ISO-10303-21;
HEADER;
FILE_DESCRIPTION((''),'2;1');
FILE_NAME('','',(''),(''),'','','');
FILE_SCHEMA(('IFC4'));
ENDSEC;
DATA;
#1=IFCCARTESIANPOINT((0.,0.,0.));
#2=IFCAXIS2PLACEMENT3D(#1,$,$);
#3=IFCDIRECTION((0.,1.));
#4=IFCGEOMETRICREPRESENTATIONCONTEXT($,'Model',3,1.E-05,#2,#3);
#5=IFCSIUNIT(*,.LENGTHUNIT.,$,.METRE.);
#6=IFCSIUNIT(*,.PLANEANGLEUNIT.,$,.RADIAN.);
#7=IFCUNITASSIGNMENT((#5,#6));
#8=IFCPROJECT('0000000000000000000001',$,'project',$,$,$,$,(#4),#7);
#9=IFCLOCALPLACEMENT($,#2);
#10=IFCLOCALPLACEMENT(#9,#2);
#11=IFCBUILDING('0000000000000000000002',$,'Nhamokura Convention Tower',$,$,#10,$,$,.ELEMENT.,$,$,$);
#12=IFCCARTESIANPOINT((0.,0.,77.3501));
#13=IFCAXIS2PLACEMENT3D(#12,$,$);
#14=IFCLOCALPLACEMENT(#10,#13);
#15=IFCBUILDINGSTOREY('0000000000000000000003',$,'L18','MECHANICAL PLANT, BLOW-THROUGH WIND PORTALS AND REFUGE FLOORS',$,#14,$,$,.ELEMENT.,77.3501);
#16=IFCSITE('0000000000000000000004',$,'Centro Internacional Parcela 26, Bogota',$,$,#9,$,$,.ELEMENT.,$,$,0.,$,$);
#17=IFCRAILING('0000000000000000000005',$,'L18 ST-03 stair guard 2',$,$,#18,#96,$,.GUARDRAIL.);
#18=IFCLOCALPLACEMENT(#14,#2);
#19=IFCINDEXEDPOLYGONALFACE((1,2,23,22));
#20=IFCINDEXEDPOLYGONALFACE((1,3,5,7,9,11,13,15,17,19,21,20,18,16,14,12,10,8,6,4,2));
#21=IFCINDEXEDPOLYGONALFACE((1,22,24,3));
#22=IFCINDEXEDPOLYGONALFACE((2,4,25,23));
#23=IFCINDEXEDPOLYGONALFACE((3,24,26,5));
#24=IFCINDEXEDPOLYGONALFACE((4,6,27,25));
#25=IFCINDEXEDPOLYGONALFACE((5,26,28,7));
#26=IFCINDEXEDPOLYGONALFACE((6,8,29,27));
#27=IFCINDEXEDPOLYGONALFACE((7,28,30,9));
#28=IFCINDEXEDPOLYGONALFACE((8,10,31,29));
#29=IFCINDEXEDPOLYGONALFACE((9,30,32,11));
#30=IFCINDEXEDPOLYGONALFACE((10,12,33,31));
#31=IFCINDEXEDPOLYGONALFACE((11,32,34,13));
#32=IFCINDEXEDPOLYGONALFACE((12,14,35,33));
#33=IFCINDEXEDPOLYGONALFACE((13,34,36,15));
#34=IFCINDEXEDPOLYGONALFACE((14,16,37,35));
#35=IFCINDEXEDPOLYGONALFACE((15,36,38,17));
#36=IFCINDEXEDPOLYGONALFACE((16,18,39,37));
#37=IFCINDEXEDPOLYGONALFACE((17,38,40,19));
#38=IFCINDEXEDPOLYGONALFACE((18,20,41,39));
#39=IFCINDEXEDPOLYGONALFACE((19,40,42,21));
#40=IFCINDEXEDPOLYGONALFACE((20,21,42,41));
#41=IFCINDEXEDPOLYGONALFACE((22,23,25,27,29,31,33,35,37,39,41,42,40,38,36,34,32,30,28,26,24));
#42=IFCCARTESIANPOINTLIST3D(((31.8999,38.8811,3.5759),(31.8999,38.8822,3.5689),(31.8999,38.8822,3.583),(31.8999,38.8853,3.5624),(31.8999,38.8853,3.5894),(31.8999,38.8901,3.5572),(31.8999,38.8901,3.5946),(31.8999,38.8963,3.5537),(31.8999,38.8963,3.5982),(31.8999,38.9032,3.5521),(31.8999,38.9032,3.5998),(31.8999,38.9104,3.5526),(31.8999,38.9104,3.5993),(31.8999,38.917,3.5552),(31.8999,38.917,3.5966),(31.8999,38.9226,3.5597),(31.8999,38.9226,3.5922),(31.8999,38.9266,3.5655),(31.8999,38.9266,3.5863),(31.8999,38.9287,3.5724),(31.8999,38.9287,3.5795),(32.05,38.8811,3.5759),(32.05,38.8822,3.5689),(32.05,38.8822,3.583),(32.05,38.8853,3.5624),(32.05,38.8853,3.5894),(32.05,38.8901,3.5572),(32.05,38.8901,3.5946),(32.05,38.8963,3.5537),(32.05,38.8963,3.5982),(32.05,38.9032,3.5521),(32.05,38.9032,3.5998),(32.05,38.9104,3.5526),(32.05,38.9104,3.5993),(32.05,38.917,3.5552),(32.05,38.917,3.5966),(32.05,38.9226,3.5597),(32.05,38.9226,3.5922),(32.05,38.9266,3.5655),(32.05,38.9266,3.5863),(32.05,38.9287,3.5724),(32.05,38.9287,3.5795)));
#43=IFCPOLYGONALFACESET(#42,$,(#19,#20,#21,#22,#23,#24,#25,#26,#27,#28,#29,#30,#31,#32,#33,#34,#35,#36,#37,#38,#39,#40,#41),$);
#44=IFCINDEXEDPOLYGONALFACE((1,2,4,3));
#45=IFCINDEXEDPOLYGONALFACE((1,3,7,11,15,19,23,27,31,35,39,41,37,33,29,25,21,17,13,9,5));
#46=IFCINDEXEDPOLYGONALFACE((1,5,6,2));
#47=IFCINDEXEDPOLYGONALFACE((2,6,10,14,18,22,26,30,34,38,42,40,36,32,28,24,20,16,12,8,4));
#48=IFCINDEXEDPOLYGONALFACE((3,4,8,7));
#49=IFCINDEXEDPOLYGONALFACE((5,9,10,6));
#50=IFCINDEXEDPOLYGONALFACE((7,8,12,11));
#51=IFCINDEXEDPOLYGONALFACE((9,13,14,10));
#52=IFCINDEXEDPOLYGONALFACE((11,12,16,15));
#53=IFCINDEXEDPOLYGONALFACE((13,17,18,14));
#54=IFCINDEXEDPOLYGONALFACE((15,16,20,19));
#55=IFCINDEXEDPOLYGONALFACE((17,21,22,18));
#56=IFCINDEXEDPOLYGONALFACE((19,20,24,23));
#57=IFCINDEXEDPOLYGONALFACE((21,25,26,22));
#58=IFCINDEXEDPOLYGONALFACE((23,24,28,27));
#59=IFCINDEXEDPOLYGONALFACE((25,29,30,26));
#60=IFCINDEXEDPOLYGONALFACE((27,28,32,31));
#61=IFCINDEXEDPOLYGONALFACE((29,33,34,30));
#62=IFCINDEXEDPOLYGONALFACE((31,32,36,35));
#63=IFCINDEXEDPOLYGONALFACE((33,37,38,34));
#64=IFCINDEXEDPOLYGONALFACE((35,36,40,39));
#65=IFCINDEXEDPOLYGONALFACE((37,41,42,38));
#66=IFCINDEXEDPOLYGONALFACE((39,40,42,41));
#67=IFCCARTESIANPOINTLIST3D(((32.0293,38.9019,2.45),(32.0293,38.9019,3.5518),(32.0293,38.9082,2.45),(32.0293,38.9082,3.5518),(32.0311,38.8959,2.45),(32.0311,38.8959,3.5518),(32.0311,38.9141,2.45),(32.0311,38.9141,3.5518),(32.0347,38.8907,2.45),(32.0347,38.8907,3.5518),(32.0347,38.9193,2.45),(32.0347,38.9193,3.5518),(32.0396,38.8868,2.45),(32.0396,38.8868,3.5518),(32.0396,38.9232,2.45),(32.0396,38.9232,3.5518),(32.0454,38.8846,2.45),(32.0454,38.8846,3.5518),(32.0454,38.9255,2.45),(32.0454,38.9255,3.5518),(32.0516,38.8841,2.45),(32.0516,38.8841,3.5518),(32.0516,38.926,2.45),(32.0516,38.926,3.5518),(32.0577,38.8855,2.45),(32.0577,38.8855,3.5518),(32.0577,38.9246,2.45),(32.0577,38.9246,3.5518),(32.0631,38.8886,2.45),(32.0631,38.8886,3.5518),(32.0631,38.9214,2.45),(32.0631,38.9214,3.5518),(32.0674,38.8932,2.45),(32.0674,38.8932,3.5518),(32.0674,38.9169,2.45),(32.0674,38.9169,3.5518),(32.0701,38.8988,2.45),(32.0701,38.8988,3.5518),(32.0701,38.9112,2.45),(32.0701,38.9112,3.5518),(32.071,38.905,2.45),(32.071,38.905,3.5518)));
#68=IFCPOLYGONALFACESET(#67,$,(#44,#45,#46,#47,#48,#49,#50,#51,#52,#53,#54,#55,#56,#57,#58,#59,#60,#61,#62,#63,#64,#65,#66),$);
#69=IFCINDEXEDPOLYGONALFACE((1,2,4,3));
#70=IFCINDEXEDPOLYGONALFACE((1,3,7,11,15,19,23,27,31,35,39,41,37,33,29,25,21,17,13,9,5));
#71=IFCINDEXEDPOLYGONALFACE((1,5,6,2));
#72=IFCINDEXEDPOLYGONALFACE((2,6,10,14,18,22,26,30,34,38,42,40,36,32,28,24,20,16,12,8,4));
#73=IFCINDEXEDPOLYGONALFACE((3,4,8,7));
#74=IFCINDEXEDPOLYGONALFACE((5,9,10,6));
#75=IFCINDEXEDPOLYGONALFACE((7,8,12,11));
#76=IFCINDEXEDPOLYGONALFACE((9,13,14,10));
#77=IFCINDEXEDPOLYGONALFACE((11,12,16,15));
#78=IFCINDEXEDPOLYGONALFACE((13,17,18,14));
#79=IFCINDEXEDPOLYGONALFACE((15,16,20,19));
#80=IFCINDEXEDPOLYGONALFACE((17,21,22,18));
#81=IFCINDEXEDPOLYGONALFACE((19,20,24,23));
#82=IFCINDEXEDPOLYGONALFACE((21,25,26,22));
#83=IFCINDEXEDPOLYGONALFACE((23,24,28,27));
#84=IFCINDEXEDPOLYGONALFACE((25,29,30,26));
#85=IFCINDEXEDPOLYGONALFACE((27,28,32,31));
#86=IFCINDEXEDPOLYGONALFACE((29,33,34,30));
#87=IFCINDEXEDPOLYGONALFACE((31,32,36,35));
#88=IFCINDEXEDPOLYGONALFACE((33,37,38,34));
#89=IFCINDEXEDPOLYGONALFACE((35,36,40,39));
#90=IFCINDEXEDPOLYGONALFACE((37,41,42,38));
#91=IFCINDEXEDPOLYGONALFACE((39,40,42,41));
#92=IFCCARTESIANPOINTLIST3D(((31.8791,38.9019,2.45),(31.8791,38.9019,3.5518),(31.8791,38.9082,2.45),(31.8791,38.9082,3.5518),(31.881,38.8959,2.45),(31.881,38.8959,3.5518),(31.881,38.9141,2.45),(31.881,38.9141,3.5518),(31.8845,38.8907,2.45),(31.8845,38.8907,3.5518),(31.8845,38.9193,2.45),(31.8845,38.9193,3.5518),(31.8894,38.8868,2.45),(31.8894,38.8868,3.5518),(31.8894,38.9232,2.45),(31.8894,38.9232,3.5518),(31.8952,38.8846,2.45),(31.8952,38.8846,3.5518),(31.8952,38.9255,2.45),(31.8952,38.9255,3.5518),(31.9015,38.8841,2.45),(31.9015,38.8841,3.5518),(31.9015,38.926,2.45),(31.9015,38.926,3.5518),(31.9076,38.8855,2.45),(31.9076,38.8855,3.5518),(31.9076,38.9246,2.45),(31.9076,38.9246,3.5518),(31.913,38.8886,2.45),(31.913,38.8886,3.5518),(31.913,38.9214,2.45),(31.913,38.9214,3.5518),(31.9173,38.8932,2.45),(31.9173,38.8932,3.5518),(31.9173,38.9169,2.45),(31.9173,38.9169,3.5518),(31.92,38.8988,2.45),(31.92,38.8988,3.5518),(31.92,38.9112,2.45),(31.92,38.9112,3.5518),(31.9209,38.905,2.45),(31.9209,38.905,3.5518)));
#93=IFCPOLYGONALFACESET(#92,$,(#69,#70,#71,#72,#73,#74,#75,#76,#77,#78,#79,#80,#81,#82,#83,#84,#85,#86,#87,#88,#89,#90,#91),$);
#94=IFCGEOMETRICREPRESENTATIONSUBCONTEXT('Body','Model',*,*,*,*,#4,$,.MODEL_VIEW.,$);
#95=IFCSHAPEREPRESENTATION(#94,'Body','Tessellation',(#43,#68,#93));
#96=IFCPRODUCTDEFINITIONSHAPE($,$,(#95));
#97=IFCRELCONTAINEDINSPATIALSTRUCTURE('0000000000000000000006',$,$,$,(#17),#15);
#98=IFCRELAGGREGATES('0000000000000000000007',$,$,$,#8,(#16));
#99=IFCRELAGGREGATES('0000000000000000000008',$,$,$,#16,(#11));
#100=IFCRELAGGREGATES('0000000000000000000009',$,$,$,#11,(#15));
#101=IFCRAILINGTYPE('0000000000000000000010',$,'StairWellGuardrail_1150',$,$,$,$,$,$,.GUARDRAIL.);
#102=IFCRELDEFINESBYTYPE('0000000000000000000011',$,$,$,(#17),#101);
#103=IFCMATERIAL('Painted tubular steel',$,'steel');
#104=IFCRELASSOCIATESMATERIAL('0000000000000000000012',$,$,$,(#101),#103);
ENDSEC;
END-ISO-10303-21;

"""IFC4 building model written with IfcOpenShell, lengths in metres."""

from ifc_helpers import new_model, si_unit, direction, frame, origin, origin_2d, place, context, subcontext, project, spatial, circle, extrude, material, type_object, element, save


model = new_model("IFC4")

# Units and contexts
model_context = context("Model", 3, precision=1e-05, world=origin(), true_north=direction((0.0, 1.0)))
body_context = subcontext(model_context, "Body", "Model", "MODEL_VIEW")
ifc_project = project(units=[si_unit("LENGTHUNIT", "METRE"), si_unit("PLANEANGLEUNIT", "RADIAN")], contexts=[model_context])

# Site, building, storey
site_placement = place(None, origin())
site = spatial("IfcSite", under=ifc_project, at=site_placement, Name="Centro Internacional Parcela 26, Bogota", CompositionType="ELEMENT", RefElevation=0.0)
building_placement = place(site_placement, origin())
building = spatial("IfcBuilding", under=site, at=building_placement, Name="Nhamokura Convention Tower", CompositionType="ELEMENT")
storey_placement = place(building_placement, frame((0.0, 0.0, 77.3501)))
storey = spatial("IfcBuildingStorey", under=building, at=storey_placement, Name="L18", Description="MECHANICAL PLANT, BLOW-THROUGH WIND PORTALS AND REFUGE FLOORS", CompositionType="ELEMENT", Elevation=77.3501)

# Railing
ifc_material_1 = material(Name="Painted tubular steel", Category="steel")
railing_type_1 = type_object("IfcRailingType", Name="StairWellGuardrail_1150", PredefinedType="GUARDRAIL", material=ifc_material_1)
railing_1_placement = place(storey_placement, frame((32.05, 38.905, 2.45)))
element("IfcRailing", 1, at=railing_1_placement, inside=storey, type_object=railing_type_1, Name="L18 ST-03 stair guard 2", PredefinedType="GUARDRAIL", context=body_context, shape_type="SweptSolid", body=[
    extrude(circle(Radius=0.0239, at=origin_2d()), frame((0.0, 0.0, 1.126), z_axis=(-1.0, 0.0, 0.0), x_axis=(0.0, -1.0, 0.0)), (0.0, 0.0, 1.0), 0.1501),
    extrude(circle(Radius=0.021, at=origin_2d()), origin(), (0.0, 0.0, 1.0), 1.1018),
    extrude(circle(Radius=0.021, at=origin_2d()), frame((-0.1501, 0.0, 0.0)), (0.0, 0.0, 1.0), 1.1018),
])

save(model, "model.ifc")
